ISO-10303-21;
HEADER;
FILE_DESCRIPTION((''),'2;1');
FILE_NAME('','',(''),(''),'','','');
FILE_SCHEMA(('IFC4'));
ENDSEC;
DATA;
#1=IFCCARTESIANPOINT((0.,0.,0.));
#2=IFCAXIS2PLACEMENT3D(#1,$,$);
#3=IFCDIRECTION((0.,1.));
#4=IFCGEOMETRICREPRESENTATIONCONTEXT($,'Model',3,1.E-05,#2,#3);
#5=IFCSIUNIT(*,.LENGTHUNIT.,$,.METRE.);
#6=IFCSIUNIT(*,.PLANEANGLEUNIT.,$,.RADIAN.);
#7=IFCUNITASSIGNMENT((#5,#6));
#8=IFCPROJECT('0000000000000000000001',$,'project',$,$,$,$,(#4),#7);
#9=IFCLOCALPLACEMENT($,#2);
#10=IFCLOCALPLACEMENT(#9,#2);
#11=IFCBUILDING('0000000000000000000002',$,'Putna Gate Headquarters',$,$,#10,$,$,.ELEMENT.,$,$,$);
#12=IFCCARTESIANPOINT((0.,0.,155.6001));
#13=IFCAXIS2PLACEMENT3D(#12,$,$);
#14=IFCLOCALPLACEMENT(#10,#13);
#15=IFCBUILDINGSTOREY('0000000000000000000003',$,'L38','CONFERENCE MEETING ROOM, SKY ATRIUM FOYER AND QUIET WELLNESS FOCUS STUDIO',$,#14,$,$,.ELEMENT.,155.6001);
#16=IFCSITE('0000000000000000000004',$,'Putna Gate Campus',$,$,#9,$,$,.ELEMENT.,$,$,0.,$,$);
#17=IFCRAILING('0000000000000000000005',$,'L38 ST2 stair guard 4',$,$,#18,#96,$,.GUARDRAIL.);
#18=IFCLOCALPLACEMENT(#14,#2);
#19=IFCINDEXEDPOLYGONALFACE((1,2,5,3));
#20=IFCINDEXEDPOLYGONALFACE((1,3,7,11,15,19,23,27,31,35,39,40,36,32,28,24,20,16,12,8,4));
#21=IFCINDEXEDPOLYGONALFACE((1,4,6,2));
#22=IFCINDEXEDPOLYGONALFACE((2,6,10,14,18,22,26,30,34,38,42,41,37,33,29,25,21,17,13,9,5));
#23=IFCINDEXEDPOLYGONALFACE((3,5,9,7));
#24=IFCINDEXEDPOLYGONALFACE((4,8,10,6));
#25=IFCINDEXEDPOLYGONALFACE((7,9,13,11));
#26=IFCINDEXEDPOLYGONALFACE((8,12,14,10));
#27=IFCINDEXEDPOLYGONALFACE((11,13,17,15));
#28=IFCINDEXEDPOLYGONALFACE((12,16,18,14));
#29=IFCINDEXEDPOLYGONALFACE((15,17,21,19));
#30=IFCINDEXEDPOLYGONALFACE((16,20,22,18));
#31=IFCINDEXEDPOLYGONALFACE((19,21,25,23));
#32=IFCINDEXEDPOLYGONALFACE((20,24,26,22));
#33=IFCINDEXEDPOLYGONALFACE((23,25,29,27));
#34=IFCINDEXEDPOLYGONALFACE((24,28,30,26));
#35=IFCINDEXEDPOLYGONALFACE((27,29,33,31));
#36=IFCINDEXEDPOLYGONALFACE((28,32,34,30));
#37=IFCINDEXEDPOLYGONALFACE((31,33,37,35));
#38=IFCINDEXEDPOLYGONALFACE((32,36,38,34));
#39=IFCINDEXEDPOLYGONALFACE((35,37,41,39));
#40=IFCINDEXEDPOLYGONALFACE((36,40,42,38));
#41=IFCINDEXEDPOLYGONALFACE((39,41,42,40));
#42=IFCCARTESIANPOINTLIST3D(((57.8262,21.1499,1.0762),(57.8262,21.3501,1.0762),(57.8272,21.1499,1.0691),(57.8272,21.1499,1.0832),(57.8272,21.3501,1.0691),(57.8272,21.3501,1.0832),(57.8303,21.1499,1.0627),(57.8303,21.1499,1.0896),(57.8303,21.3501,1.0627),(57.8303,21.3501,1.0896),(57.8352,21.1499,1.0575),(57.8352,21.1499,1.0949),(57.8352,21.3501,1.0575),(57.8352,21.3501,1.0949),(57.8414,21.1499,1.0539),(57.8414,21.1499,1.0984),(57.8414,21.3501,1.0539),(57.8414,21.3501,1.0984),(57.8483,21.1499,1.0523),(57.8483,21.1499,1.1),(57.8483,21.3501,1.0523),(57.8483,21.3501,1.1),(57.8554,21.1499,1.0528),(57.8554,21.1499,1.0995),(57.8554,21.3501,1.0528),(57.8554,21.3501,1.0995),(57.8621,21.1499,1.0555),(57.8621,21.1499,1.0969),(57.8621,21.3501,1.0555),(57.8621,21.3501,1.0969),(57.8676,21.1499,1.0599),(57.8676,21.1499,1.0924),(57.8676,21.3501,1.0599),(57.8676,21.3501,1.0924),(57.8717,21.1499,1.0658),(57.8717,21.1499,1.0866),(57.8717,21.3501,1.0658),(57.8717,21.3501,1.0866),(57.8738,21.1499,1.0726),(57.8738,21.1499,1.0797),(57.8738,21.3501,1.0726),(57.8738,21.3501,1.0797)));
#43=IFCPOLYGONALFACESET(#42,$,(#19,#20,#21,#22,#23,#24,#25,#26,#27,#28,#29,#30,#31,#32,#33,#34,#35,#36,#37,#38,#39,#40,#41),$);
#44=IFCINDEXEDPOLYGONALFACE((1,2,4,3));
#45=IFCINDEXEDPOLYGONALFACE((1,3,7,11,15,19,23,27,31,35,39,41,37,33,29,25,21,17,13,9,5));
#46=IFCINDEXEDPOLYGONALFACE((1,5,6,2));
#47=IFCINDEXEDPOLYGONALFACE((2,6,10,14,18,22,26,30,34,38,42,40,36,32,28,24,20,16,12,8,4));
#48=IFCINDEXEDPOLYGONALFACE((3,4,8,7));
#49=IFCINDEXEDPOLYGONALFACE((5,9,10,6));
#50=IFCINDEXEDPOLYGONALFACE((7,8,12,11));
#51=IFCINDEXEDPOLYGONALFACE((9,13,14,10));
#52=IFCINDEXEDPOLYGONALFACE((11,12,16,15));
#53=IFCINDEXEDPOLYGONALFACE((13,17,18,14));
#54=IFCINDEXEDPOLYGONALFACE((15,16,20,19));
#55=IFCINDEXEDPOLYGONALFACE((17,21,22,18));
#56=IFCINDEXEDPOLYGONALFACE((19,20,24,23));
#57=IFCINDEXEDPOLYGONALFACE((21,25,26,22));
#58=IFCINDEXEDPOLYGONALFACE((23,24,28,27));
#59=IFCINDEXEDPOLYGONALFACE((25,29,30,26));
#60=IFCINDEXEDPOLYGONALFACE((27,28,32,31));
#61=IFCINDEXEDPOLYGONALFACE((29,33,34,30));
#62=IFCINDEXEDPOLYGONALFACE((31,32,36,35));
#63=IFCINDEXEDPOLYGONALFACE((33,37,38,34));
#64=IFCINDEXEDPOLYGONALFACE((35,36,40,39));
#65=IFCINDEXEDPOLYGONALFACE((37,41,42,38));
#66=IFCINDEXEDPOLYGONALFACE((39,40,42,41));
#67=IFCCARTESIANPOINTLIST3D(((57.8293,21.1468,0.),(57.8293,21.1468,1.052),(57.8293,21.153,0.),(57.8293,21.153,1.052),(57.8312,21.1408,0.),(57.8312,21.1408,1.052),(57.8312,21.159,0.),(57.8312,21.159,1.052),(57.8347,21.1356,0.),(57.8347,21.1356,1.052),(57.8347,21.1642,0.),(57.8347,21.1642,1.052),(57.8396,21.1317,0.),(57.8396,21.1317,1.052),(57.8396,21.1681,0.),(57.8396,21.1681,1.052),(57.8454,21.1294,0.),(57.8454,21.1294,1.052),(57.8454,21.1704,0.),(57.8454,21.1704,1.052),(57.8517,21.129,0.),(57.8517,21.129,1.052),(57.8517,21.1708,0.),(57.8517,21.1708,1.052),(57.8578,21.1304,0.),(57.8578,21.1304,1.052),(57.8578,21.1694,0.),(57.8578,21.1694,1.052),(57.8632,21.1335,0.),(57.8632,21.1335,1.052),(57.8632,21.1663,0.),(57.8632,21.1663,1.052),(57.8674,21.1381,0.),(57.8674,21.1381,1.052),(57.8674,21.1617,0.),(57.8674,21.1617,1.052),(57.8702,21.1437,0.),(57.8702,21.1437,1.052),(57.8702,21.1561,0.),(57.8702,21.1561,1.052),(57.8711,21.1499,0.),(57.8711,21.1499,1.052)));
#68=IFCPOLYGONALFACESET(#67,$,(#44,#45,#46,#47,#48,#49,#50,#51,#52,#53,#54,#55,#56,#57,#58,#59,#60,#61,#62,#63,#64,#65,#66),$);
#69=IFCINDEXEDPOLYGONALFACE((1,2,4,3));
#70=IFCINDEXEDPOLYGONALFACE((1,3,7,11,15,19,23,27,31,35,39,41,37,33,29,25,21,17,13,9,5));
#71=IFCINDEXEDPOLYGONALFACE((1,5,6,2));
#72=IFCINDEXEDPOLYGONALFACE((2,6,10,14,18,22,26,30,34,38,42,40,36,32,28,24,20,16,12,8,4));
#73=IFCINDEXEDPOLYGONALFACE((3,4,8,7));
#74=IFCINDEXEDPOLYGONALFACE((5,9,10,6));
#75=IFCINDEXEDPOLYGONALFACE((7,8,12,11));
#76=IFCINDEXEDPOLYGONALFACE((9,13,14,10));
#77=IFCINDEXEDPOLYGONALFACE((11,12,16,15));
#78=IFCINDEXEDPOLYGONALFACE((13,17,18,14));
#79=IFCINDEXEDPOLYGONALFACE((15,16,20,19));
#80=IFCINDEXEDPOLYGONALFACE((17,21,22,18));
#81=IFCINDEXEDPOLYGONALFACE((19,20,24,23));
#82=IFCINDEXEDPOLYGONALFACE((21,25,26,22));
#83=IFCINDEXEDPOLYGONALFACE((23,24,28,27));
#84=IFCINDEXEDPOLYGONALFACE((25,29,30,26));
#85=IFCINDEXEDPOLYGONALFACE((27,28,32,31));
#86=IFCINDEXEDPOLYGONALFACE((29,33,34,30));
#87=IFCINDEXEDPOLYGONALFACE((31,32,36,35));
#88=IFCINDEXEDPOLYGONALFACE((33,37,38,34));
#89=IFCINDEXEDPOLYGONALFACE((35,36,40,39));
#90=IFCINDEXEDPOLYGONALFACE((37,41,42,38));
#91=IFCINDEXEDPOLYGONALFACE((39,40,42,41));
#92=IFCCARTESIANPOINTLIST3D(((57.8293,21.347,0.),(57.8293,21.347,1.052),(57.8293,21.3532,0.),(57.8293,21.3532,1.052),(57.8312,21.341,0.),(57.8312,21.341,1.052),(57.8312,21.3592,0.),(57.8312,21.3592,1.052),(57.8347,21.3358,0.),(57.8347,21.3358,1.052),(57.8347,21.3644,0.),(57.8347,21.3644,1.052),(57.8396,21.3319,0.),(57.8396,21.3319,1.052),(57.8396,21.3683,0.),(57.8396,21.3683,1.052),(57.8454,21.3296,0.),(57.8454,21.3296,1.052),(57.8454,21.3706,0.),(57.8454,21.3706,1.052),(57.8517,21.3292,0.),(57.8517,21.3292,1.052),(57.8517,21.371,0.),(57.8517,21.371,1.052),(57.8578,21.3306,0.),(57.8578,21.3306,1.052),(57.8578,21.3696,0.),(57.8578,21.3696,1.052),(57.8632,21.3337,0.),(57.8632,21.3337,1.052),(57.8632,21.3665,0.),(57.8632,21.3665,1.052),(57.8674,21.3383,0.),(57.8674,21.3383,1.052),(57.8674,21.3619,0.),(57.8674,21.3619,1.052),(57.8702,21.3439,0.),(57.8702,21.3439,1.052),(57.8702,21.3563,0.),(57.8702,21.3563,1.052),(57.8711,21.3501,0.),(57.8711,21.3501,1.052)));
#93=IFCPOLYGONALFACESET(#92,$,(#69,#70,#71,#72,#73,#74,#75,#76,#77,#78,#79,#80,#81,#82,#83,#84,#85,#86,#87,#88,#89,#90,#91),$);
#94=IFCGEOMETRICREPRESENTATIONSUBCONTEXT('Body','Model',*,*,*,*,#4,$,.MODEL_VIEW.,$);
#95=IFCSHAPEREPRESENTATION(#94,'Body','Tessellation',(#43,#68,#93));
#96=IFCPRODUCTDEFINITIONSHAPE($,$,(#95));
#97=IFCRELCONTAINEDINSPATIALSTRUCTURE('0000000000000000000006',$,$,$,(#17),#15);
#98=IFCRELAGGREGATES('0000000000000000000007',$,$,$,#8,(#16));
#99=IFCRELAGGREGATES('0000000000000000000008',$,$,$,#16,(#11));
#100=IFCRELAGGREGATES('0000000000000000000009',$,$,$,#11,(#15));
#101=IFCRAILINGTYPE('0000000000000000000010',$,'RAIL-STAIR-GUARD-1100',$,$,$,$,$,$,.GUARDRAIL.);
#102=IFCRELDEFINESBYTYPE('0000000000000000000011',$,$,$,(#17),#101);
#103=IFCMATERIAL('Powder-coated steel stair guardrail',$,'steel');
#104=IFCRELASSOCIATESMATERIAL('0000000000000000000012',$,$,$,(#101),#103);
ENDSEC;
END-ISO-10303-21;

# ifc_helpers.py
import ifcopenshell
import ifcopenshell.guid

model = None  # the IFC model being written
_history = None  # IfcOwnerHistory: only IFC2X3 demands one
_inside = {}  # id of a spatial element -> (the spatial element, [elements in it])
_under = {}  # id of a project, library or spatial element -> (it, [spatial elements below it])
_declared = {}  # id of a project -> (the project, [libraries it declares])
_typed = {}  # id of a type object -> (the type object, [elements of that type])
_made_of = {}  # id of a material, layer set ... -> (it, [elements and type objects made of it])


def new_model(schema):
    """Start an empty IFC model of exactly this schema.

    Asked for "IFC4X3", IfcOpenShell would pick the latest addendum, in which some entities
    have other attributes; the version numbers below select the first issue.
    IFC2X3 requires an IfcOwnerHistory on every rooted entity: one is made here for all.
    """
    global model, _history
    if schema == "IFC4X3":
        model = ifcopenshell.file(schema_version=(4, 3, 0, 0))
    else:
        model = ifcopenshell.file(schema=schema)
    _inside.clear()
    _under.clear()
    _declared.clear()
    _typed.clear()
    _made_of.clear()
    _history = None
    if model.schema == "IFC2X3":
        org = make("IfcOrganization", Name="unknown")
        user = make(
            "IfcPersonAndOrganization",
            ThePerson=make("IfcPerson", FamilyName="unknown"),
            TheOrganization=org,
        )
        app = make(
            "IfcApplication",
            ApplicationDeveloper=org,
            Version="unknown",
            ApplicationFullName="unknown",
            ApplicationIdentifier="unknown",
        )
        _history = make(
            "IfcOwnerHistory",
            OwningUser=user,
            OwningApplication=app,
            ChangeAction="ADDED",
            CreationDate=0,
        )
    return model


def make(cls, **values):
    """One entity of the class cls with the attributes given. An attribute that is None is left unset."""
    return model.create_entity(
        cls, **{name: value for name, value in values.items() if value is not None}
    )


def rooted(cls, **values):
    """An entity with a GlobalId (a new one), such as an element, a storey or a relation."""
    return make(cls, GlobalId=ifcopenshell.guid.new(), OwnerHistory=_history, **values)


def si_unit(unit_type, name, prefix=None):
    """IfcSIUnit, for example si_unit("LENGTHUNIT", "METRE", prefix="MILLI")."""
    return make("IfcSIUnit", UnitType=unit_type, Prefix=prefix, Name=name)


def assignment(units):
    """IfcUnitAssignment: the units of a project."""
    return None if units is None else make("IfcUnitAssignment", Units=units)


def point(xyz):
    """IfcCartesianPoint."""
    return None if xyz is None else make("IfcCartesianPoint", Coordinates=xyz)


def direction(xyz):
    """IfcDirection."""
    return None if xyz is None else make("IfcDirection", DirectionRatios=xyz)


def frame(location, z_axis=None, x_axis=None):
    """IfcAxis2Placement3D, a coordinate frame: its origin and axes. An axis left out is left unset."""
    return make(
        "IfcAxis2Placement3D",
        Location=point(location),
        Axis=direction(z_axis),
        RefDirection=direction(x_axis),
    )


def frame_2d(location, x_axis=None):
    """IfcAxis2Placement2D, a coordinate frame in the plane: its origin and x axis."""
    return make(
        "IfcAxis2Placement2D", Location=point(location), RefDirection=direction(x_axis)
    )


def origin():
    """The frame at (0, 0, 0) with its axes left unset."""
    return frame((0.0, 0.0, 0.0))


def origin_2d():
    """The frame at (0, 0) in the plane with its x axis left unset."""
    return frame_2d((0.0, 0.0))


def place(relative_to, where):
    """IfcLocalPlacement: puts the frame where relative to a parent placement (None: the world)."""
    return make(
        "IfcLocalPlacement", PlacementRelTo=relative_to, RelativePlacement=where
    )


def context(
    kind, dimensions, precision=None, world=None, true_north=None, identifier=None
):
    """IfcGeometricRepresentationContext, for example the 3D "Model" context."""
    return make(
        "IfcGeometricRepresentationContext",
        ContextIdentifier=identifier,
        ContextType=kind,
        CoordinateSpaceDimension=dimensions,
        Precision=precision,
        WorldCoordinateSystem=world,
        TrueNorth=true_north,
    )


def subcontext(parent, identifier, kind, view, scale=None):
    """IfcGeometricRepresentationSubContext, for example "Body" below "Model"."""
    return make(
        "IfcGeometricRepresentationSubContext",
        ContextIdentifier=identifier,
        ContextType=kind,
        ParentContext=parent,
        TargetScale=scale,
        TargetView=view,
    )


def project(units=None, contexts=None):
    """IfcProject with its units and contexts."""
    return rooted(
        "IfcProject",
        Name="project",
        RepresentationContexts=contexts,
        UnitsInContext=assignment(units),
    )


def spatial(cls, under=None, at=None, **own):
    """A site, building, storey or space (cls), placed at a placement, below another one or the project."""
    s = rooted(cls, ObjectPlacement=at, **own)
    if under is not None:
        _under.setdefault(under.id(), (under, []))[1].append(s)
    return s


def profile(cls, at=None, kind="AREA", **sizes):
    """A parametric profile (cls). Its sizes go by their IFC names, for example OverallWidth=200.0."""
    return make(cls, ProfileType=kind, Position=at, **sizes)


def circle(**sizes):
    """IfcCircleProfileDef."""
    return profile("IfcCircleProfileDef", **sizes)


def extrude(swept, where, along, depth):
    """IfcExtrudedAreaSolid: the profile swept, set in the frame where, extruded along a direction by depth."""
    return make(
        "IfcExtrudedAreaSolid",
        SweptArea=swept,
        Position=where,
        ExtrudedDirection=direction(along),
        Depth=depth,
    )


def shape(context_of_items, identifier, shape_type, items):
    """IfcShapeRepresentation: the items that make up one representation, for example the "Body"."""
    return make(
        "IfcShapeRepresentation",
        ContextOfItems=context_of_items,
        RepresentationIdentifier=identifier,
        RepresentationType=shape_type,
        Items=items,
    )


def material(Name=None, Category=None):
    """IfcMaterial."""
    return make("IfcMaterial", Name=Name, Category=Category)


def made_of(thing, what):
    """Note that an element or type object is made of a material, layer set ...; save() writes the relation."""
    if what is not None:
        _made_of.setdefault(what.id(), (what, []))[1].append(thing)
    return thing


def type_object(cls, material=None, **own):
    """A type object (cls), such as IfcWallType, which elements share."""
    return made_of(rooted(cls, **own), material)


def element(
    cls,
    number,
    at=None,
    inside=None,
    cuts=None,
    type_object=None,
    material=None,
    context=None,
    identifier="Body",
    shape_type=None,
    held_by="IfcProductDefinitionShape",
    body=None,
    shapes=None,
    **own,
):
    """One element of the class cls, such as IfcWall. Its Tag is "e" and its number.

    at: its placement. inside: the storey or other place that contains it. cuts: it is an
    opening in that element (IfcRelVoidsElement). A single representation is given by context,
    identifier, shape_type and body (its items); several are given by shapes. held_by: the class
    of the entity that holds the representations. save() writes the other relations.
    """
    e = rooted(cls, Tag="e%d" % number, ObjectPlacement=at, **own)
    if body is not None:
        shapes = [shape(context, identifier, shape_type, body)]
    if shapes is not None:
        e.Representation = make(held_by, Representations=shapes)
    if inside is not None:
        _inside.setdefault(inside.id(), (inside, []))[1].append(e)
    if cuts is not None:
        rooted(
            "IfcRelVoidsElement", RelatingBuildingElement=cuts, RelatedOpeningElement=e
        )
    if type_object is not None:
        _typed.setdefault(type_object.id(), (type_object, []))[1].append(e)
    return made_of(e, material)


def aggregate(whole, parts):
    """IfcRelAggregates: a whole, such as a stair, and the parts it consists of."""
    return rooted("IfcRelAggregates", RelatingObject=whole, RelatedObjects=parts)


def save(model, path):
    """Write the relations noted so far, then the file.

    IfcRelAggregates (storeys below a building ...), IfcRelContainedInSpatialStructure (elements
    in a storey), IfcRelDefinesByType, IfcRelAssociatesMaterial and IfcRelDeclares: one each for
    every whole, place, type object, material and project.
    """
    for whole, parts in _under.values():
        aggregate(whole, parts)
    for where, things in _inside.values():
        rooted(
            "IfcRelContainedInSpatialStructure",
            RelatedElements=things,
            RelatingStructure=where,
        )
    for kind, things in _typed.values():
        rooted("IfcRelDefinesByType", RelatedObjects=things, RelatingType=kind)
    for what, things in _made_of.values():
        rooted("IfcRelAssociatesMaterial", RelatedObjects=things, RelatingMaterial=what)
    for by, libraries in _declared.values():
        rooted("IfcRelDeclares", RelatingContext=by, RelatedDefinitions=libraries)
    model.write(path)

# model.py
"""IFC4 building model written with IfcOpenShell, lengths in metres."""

from ifc_helpers import new_model, si_unit, direction, frame, origin, origin_2d, place, context, subcontext, project, spatial, circle, extrude, material, type_object, element, save


model = new_model("IFC4")

# Units and contexts
model_context = context("Model", 3, precision=1e-05, world=origin(), true_north=direction((0.0, 1.0)))
body_context = subcontext(model_context, "Body", "Model", "MODEL_VIEW")
ifc_project = project(units=[si_unit("LENGTHUNIT", "METRE"), si_unit("PLANEANGLEUNIT", "RADIAN")], contexts=[model_context])

# Site, building, storey
site_placement = place(None, origin())
site = spatial("IfcSite", under=ifc_project, at=site_placement, Name="Putna Gate Campus", CompositionType="ELEMENT", RefElevation=0.0)
building_placement = place(site_placement, origin())
building = spatial("IfcBuilding", under=site, at=building_placement, Name="Putna Gate Headquarters", CompositionType="ELEMENT")
storey_placement = place(building_placement, frame((0.0, 0.0, 155.6001)))
storey = spatial("IfcBuildingStorey", under=building, at=storey_placement, Name="L38", Description="CONFERENCE MEETING ROOM, SKY ATRIUM FOYER AND QUIET WELLNESS FOCUS STUDIO", CompositionType="ELEMENT", Elevation=155.6001)

# Railing
ifc_material_1 = material(Name="Powder-coated steel stair guardrail", Category="steel")
railing_type_1 = type_object("IfcRailingType", Name="RAIL-STAIR-GUARD-1100", PredefinedType="GUARDRAIL", material=ifc_material_1)
railing_1_placement = place(storey_placement, frame((57.8501, 21.1499, 0.0)))
element("IfcRailing", 1, at=railing_1_placement, inside=storey, type_object=railing_type_1, Name="L38 ST2 stair guard 4", PredefinedType="GUARDRAIL", context=body_context, shape_type="SweptSolid", body=[
    extrude(circle(Radius=0.0239, at=origin_2d()), frame((0.0, 0.0, 1.0762), z_axis=(0.0, 1.0, 0.0), x_axis=(-1.0, 0.0, 0.0)), (0.0, 0.0, 1.0), 0.2002),
    extrude(circle(Radius=0.021, at=origin_2d()), origin(), (0.0, 0.0, 1.0), 1.052),
    extrude(circle(Radius=0.021, at=origin_2d()), frame((0.0, 0.2002, 0.0)), (0.0, 0.0, 1.0), 1.052),
])

save(model, "model.ifc")
